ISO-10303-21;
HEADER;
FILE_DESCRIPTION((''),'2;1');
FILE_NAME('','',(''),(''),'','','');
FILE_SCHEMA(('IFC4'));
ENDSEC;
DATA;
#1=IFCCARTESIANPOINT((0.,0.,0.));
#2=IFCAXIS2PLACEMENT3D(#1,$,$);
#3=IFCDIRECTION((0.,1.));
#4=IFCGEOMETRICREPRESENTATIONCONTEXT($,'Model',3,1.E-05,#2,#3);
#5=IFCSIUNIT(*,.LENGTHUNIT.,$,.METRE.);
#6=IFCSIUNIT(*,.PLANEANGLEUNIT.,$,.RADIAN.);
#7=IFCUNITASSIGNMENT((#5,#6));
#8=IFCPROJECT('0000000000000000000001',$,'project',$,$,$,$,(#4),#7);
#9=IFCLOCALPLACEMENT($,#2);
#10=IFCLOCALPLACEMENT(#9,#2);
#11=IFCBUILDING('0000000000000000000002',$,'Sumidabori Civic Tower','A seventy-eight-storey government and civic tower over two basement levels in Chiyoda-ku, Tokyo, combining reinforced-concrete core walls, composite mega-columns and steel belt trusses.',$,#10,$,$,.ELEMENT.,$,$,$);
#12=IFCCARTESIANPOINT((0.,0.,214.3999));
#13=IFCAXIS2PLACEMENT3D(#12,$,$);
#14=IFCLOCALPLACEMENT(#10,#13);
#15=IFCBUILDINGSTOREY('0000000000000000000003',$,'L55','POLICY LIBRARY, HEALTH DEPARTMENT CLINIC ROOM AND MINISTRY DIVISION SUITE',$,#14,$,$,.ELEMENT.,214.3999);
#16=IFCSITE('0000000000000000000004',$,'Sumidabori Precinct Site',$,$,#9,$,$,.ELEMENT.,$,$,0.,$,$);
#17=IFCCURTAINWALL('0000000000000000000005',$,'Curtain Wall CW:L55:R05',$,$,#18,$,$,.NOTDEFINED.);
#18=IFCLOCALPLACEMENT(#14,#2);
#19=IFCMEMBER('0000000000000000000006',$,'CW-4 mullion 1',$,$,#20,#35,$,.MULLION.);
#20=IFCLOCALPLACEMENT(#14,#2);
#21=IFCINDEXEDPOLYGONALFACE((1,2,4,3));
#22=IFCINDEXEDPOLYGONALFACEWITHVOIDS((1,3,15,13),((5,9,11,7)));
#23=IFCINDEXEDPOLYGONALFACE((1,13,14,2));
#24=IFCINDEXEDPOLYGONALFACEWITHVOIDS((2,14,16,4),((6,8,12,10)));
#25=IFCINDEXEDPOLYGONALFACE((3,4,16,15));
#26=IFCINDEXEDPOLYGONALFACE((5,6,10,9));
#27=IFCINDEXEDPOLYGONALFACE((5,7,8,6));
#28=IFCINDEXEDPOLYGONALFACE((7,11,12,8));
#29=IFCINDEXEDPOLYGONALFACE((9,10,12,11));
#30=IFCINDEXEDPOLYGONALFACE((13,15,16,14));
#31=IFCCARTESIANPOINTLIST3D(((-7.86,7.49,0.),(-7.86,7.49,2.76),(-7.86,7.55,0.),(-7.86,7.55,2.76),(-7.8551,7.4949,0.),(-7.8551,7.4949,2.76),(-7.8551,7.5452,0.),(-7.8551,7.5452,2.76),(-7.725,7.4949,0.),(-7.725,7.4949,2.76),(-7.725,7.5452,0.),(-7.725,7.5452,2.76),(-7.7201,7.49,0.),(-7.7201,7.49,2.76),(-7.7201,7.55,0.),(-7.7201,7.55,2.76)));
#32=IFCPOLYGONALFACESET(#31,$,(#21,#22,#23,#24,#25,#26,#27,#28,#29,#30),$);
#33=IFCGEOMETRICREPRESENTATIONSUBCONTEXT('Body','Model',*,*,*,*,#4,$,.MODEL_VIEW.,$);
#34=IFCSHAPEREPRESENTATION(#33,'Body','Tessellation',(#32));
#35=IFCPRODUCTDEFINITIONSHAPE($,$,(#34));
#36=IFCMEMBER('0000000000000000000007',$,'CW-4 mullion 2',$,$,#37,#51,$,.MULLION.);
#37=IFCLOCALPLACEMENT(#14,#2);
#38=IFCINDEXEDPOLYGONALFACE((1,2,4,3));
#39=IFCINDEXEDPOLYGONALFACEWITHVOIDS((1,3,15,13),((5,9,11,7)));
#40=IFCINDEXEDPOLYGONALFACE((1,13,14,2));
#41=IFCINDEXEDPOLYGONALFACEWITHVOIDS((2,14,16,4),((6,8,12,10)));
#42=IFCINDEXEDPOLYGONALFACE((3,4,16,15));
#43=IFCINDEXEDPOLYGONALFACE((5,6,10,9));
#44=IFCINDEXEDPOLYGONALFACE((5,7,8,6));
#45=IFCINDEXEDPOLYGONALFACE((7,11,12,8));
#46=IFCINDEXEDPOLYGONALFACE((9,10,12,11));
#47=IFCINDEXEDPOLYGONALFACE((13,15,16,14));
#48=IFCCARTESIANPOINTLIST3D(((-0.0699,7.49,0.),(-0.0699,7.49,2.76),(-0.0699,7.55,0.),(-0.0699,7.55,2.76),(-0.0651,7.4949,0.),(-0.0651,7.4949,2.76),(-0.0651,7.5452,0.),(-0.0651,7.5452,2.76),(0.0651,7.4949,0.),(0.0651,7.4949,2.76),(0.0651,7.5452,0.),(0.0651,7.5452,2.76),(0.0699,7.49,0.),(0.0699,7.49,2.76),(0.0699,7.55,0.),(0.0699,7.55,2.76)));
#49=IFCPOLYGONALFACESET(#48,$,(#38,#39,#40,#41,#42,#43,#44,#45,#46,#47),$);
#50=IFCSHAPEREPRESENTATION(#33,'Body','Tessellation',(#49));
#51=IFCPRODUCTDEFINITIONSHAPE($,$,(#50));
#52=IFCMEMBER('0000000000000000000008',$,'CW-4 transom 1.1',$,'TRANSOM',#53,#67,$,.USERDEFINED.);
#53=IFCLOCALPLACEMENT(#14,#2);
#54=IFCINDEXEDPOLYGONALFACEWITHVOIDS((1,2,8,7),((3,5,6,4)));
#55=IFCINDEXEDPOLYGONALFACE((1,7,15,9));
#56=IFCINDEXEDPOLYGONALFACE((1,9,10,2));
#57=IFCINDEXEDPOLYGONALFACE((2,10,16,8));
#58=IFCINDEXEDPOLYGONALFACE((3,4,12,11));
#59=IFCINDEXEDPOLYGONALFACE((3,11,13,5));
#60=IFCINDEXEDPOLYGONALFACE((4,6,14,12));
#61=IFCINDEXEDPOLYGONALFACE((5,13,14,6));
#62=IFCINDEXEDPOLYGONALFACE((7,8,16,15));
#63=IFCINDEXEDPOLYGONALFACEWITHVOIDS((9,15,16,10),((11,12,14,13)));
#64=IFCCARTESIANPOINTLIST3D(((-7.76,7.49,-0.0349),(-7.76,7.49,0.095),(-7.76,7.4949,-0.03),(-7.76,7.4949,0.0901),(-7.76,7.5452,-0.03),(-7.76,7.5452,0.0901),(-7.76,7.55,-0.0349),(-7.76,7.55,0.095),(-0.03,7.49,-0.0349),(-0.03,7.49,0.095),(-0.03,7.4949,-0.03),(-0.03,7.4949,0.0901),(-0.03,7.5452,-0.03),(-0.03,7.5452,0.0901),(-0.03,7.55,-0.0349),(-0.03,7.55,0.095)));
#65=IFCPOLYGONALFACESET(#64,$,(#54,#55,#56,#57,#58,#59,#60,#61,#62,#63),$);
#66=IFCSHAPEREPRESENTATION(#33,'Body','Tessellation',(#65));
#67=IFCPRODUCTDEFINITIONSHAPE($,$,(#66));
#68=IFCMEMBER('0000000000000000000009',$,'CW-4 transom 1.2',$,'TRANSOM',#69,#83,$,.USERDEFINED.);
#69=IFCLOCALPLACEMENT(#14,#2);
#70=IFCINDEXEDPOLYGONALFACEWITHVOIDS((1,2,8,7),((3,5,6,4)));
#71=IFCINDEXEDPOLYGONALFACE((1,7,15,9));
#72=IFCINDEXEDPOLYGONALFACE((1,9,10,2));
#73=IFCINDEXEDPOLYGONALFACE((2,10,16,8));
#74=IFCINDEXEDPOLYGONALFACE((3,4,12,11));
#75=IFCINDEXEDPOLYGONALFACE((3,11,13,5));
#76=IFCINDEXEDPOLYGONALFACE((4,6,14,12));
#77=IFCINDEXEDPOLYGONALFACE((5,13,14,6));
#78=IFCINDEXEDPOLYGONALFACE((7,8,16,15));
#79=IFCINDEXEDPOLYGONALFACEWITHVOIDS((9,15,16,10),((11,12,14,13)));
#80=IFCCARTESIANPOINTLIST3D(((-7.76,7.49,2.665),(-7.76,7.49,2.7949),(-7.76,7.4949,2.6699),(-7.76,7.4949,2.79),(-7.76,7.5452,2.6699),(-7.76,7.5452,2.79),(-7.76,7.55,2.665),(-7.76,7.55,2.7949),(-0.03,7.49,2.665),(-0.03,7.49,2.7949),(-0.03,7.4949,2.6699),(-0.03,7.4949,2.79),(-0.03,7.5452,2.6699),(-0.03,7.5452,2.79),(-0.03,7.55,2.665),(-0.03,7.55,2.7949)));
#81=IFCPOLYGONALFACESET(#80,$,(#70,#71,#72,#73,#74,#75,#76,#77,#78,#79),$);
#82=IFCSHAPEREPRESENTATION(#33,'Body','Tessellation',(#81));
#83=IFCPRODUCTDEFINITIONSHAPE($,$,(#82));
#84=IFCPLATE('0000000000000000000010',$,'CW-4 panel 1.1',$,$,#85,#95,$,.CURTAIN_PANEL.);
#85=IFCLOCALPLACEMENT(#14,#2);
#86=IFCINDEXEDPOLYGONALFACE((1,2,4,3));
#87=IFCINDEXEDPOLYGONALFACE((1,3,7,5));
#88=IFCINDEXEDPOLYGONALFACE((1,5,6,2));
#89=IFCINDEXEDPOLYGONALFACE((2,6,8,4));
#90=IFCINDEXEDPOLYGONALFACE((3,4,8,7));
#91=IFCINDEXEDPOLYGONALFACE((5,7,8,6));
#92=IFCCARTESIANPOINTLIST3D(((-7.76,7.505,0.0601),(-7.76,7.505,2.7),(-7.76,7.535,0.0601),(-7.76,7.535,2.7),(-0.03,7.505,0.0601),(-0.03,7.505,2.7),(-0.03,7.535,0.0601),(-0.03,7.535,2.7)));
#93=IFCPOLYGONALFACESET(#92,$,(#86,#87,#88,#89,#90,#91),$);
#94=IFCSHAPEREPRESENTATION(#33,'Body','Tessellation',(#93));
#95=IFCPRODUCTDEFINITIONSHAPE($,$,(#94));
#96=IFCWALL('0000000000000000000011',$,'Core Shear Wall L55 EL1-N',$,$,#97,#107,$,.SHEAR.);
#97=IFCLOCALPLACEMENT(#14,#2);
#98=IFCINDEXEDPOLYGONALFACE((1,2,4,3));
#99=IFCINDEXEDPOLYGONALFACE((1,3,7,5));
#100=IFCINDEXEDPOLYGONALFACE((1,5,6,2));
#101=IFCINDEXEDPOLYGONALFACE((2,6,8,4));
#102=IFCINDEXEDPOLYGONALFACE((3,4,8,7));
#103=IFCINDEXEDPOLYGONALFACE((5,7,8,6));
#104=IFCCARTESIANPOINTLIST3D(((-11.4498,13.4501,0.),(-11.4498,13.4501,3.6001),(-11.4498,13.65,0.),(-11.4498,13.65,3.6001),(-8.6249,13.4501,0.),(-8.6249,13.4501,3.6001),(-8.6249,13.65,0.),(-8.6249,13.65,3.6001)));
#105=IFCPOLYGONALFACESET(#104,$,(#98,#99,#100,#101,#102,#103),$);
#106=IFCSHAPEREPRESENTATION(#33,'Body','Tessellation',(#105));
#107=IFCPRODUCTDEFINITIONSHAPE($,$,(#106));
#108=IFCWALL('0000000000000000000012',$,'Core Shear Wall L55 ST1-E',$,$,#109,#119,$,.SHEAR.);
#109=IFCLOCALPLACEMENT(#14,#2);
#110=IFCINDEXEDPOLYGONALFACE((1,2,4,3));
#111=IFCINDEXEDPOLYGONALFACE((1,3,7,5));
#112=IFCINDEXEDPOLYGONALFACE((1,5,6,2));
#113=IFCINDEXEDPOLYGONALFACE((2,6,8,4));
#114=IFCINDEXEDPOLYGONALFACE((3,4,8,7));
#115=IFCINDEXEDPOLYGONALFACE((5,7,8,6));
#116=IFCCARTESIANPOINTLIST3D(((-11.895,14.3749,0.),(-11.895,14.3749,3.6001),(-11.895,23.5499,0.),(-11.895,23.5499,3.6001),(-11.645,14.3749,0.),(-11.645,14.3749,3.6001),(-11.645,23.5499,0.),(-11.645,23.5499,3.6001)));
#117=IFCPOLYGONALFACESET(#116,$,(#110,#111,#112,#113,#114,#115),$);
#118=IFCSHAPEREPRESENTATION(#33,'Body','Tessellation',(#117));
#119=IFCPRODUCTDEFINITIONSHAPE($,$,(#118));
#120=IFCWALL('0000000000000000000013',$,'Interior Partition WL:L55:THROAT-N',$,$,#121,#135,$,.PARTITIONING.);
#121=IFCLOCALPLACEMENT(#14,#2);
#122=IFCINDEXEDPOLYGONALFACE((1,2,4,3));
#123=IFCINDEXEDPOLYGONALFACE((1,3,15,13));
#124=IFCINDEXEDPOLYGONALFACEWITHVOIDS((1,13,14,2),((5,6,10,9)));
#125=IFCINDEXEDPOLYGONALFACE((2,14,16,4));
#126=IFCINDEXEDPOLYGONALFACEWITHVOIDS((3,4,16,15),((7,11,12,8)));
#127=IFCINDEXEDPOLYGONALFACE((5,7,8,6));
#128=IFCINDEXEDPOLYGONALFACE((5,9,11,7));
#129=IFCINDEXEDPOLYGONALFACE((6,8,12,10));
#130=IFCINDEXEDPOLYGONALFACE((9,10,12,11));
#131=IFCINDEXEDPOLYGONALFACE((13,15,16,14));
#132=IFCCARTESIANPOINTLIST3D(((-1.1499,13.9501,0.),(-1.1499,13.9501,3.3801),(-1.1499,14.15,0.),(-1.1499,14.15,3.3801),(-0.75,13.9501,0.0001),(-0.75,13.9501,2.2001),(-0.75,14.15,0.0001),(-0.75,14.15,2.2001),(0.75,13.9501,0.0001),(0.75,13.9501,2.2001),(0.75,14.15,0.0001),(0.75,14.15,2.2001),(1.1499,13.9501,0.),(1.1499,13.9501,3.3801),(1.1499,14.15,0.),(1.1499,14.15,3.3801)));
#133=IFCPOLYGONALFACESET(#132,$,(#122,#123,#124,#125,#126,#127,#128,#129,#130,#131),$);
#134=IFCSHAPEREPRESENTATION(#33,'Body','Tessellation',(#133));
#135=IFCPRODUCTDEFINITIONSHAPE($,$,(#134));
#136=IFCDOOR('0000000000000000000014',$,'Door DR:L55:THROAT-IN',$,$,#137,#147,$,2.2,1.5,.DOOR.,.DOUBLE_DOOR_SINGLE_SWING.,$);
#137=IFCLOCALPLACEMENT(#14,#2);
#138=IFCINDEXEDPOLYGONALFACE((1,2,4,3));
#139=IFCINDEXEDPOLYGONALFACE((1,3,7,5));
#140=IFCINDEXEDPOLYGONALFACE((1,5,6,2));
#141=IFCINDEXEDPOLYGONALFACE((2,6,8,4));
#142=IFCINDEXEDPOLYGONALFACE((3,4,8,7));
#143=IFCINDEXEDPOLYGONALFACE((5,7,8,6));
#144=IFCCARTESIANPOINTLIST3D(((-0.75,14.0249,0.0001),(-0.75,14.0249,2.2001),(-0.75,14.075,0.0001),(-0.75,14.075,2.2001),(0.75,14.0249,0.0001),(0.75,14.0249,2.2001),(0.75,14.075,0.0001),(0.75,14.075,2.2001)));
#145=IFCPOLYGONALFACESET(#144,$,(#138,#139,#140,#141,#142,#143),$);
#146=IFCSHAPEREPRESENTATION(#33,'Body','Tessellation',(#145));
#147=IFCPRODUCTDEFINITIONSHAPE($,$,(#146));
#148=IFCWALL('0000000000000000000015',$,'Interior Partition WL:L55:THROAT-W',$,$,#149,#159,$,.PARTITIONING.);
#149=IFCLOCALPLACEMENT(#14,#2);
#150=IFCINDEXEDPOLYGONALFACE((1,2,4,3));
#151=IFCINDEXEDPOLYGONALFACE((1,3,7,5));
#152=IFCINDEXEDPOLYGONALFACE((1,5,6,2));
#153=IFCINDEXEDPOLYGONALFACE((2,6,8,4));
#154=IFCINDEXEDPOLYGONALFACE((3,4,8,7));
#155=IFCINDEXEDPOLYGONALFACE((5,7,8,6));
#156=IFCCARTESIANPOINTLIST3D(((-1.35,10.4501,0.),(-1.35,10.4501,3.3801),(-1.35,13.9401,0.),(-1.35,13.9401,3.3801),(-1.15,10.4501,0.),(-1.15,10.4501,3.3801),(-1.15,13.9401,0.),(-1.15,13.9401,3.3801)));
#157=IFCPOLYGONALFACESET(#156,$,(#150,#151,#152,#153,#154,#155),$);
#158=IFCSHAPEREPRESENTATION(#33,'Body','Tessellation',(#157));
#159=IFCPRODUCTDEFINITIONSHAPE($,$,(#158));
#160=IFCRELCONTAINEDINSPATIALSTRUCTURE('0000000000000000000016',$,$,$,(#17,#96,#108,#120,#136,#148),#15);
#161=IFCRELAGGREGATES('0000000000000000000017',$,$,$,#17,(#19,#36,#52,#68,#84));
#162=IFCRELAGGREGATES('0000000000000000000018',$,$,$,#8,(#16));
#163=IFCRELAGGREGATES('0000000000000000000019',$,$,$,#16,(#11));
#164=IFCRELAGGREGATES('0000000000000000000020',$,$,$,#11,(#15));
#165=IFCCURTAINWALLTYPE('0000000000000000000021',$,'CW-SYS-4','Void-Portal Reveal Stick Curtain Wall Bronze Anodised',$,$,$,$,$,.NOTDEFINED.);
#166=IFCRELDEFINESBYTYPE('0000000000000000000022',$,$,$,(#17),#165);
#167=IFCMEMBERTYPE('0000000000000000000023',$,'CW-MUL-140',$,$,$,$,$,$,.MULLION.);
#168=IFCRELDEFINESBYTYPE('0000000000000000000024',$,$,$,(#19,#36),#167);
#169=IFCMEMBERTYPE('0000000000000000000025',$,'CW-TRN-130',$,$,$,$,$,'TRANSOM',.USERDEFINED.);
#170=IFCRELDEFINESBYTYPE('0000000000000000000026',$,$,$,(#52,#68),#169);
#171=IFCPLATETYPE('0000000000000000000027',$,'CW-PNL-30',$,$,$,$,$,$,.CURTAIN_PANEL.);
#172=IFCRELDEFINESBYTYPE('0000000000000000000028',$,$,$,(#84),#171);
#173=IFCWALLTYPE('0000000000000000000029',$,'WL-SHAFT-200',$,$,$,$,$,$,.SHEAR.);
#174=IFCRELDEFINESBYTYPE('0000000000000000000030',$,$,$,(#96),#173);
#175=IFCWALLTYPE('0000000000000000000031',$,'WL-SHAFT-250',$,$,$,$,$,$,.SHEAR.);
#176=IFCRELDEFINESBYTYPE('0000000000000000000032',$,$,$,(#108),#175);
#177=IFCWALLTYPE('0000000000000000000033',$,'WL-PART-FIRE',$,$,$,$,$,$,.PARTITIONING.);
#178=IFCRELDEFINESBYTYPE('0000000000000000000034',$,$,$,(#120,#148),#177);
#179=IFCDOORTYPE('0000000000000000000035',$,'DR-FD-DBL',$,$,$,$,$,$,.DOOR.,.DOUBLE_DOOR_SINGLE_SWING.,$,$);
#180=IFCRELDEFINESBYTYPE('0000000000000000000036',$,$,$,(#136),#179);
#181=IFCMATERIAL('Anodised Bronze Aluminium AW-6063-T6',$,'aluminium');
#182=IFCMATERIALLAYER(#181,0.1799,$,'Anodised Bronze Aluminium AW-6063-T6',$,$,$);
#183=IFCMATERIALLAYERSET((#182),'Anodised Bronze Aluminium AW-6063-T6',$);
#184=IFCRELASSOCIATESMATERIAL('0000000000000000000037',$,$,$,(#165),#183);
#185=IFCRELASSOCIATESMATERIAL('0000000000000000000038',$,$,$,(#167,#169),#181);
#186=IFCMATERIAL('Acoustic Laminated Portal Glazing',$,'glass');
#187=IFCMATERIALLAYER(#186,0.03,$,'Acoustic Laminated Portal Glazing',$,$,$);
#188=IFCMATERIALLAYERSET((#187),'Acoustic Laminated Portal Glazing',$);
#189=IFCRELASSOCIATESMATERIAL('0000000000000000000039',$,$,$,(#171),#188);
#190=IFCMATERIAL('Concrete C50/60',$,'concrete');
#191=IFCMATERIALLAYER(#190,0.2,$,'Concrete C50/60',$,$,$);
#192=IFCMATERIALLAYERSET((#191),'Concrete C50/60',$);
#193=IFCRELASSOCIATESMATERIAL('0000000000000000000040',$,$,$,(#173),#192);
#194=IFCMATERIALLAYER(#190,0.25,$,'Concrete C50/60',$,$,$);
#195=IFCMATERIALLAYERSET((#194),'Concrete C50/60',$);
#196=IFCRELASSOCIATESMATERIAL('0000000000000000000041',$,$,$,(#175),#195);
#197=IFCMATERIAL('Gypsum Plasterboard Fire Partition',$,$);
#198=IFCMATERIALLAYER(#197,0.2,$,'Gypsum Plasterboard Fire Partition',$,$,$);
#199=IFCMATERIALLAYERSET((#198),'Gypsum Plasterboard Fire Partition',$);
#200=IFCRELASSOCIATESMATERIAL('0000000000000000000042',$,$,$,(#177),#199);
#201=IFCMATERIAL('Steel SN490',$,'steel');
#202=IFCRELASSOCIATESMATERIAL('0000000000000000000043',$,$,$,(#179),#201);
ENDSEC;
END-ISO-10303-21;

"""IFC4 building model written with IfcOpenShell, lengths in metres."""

from ifc_helpers import new_model, si_unit, direction, frame, frame_2d, origin, origin_2d, place, context, subcontext, project, spatial, rectangle, hollow_rectangle, extrude, source, transform, mapped, material, layer, layer_set, material_profile, profile_set, type_object, element, fill, aggregate, save


model = new_model("IFC4")

# Units and contexts
model_context = context("Model", 3, precision=1e-05, world=origin(), true_north=direction((0.0, 1.0)))
body_context = subcontext(model_context, "Body", "Model", "MODEL_VIEW")
ifc_project = project(units=[si_unit("LENGTHUNIT", "METRE"), si_unit("PLANEANGLEUNIT", "RADIAN")], contexts=[model_context])

# Site, building, storey
site_placement = place(None, origin())
site = spatial("IfcSite", under=ifc_project, at=site_placement, Name="Sumidabori Precinct Site", CompositionType="ELEMENT", RefElevation=0.0)
building_placement = place(site_placement, origin())
building = spatial("IfcBuilding", under=site, at=building_placement, Name="Sumidabori Civic Tower", Description="A seventy-eight-storey government and civic tower over two basement levels in Chiyoda-ku, Tokyo, combining reinforced-concrete core walls, composite mega-columns and steel belt trusses.", CompositionType="ELEMENT")
storey_placement = place(building_placement, frame((0.0, 0.0, 214.3999)))
storey = spatial("IfcBuildingStorey", under=building, at=storey_placement, Name="L55", Description="POLICY LIBRARY, HEALTH DEPARTMENT CLINIC ROOM AND MINISTRY DIVISION SUITE", CompositionType="ELEMENT", Elevation=214.3999)

# Curtain wall, members, plate
ifc_material_1 = material(Name="Anodised Bronze Aluminium AW-6063-T6", Category="aluminium")
ifc_layer_1 = layer(ifc_material_1, 0.1799, Name="Anodised Bronze Aluminium AW-6063-T6")
ifc_layer_set_1 = layer_set([ifc_layer_1], Name="Anodised Bronze Aluminium AW-6063-T6")
curtain_wall_type = type_object("IfcCurtainWallType", Name="CW-SYS-4", Description="Void-Portal Reveal Stick Curtain Wall Bronze Anodised", PredefinedType="NOTDEFINED", material=ifc_layer_set_1)
curtain_wall_placement = place(storey_placement, origin())
curtain_wall = element("IfcCurtainWall", 1, at=curtain_wall_placement, inside=storey, type_object=curtain_wall_type, Name="Curtain Wall CW:L55:R05", PredefinedType="NOTDEFINED")
ifc_material_profile_1 = material_profile(ifc_material_1, hollow_rectangle(XDim=0.0601, YDim=0.1399, WallThickness=0.0049, at=origin_2d()), Name="ALU MULLION 140x60")
ifc_profile_set_1 = profile_set([ifc_material_profile_1], Name="Anodised Bronze Aluminium AW-6063-T6")
member_type_1 = type_object("IfcMemberType", Name="CW-MUL-140", PredefinedType="MULLION", material=ifc_profile_set_1)
shared_shape_1 = source(origin(), body_context, "Body", "SweptSolid", [
    extrude(hollow_rectangle(XDim=0.0601, YDim=0.1399, WallThickness=0.0049, at=origin_2d()), origin(), (0.0, 0.0, 1.0), 2.76),
])
member_1_placement = place(storey_placement, frame((-7.79, 7.52, 0.0), z_axis=(0.0, 0.0, 1.0), x_axis=(0.0, 1.0, 0.0)))
member_1 = element("IfcMember", 2, at=member_1_placement, type_object=member_type_1, Name="CW-4 mullion 1", PredefinedType="MULLION", context=body_context, shape_type="MappedRepresentation", body=[
    mapped(shared_shape_1, transform((0.0, 0.0, 0.0), x_axis=(1.0, 0.0, 0.0), y_axis=(0.0, 1.0, 0.0), z_axis=(0.0, 0.0, 1.0), scale=1.0)),
])
member_2_placement = place(storey_placement, frame((0.0, 7.52, 0.0), z_axis=(0.0, 0.0, 1.0), x_axis=(0.0, 1.0, 0.0)))
member_2 = element("IfcMember", 3, at=member_2_placement, type_object=member_type_1, Name="CW-4 mullion 2", PredefinedType="MULLION", context=body_context, shape_type="MappedRepresentation", body=[
    mapped(shared_shape_1, transform((0.0, 0.0, 0.0), x_axis=(1.0, 0.0, 0.0), y_axis=(0.0, 1.0, 0.0), z_axis=(0.0, 0.0, 1.0), scale=1.0)),
])
ifc_material_profile_2 = material_profile(ifc_material_1, hollow_rectangle(XDim=0.0601, YDim=0.1299, WallThickness=0.0049, at=origin_2d()), Name="ALU TRANSOM 130x60")
ifc_profile_set_2 = profile_set([ifc_material_profile_2], Name="Anodised Bronze Aluminium AW-6063-T6")
member_type_2 = type_object("IfcMemberType", Name="CW-TRN-130", ElementType="TRANSOM", PredefinedType="USERDEFINED", material=ifc_profile_set_2)
shared_shape_2 = source(origin(), body_context, "Body", "SweptSolid", [
    extrude(hollow_rectangle(XDim=0.0601, YDim=0.1299, WallThickness=0.0049, at=origin_2d()), origin(), (0.0, 0.0, 1.0), 7.73),
])
member_3_placement = place(storey_placement, frame((-7.76, 7.52, 0.03), z_axis=(1.0, 0.0, 0.0), x_axis=(0.0, 1.0, 0.0)))
member_3 = element("IfcMember", 4, at=member_3_placement, type_object=member_type_2, Name="CW-4 transom 1.1", ObjectType="TRANSOM", PredefinedType="USERDEFINED", context=body_context, shape_type="MappedRepresentation", body=[
    mapped(shared_shape_2, transform((0.0, 0.0, 0.0), x_axis=(1.0, 0.0, 0.0), y_axis=(0.0, 1.0, 0.0), z_axis=(0.0, 0.0, 1.0), scale=1.0)),
])
member_4_placement = place(storey_placement, frame((-7.76, 7.52, 2.73), z_axis=(1.0, 0.0, 0.0), x_axis=(0.0, 1.0, 0.0)))
member_4 = element("IfcMember", 5, at=member_4_placement, type_object=member_type_2, Name="CW-4 transom 1.2", ObjectType="TRANSOM", PredefinedType="USERDEFINED", context=body_context, shape_type="MappedRepresentation", body=[
    mapped(shared_shape_2, transform((0.0, 0.0, 0.0), x_axis=(1.0, 0.0, 0.0), y_axis=(0.0, 1.0, 0.0), z_axis=(0.0, 0.0, 1.0), scale=1.0)),
])
ifc_material_2 = material(Name="Acoustic Laminated Portal Glazing", Category="glass")
ifc_layer_2 = layer(ifc_material_2, 0.03, Name="Acoustic Laminated Portal Glazing")
ifc_layer_set_2 = layer_set([ifc_layer_2], Name="Acoustic Laminated Portal Glazing")
plate_type = type_object("IfcPlateType", Name="CW-PNL-30", PredefinedType="CURTAIN_PANEL", material=ifc_layer_set_2)
shared_shape_3 = source(origin(), body_context, "Body", "SweptSolid", [
    extrude(rectangle(XDim=7.73, YDim=0.03, at=origin_2d()), origin(), (0.0, 0.0, 1.0), 2.6399),
])
plate_placement = place(storey_placement, frame((-3.895, 7.52, 0.0601), z_axis=(0.0, 0.0, 1.0), x_axis=(1.0, 0.0, 0.0)))
plate = element("IfcPlate", 6, at=plate_placement, type_object=plate_type, Name="CW-4 panel 1.1", PredefinedType="CURTAIN_PANEL", context=body_context, shape_type="MappedRepresentation", body=[
    mapped(shared_shape_3, transform((0.0, 0.0, 0.0), x_axis=(1.0, 0.0, 0.0), y_axis=(0.0, 1.0, 0.0), z_axis=(0.0, 0.0, 1.0), scale=1.0)),
])
aggregate(curtain_wall, [member_1, member_2, member_3, member_4, plate])

# Wall
ifc_material_3 = material(Name="Concrete C50/60", Category="concrete")
ifc_layer_3 = layer(ifc_material_3, 0.2, Name="Concrete C50/60")
ifc_layer_set_3 = layer_set([ifc_layer_3], Name="Concrete C50/60")
wall_type_1 = type_object("IfcWallType", Name="WL-SHAFT-200", PredefinedType="SHEAR", material=ifc_layer_set_3)
shared_shape_4 = source(origin(), body_context, "Body", "SweptSolid", [
    extrude(rectangle(XDim=2.825, YDim=0.2, at=frame_2d((1.4126, 0.0))), origin(), (0.0, 0.0, 1.0), 3.6001),
])
wall_1_placement = place(storey_placement, frame((-11.45, 13.55, 0.0), z_axis=(0.0, 0.0, 1.0), x_axis=(1.0, 0.0, 0.0)))
element("IfcWall", 7, at=wall_1_placement, inside=storey, type_object=wall_type_1, Name="Core Shear Wall L55 EL1-N", PredefinedType="SHEAR", context=body_context, shape_type="MappedRepresentation", body=[
    mapped(shared_shape_4, transform((0.0, 0.0, 0.0), x_axis=(1.0, 0.0, 0.0), y_axis=(0.0, 1.0, 0.0), z_axis=(0.0, 0.0, 1.0), scale=1.0)),
])

# Shared definitions
ifc_layer_4 = layer(ifc_material_3, 0.25, Name="Concrete C50/60")
ifc_layer_set_4 = layer_set([ifc_layer_4], Name="Concrete C50/60")
wall_type_2 = type_object("IfcWallType", Name="WL-SHAFT-250", PredefinedType="SHEAR", material=ifc_layer_set_4)

# Wall
shared_shape_5 = source(origin(), body_context, "Body", "SweptSolid", [
    extrude(rectangle(XDim=9.175, YDim=0.25, at=frame_2d((4.5874, 0.0))), origin(), (0.0, 0.0, 1.0), 3.6001),
])
wall_2_placement = place(storey_placement, frame((-11.77, 14.375, 0.0), z_axis=(0.0, 0.0, 1.0), x_axis=(0.0, 1.0, 0.0)))
element("IfcWall", 8, at=wall_2_placement, inside=storey, type_object=wall_type_2, Name="Core Shear Wall L55 ST1-E", PredefinedType="SHEAR", context=body_context, shape_type="MappedRepresentation", body=[
    mapped(shared_shape_5, transform((0.0, 0.0, 0.0), x_axis=(1.0, 0.0, 0.0), y_axis=(0.0, 1.0, 0.0), z_axis=(0.0, 0.0, 1.0), scale=1.0)),
])

# Shared definitions
ifc_material_4 = material(Name="Gypsum Plasterboard Fire Partition")
ifc_layer_5 = layer(ifc_material_4, 0.2, Name="Gypsum Plasterboard Fire Partition")
ifc_layer_set_5 = layer_set([ifc_layer_5], Name="Gypsum Plasterboard Fire Partition")
wall_type_3 = type_object("IfcWallType", Name="WL-PART-FIRE", PredefinedType="PARTITIONING", material=ifc_layer_set_5)

# Wall, opening, door
shared_shape_6 = source(origin(), body_context, "Body", "SweptSolid", [
    extrude(rectangle(XDim=2.2998, YDim=0.2, at=frame_2d((1.1499, 0.0))), origin(), (0.0, 0.0, 1.0), 3.3801),
])
wall_3_placement = place(storey_placement, frame((-1.1499, 14.05, 0.0), z_axis=(0.0, 0.0, 1.0), x_axis=(1.0, 0.0, 0.0)))
wall_3 = element("IfcWall", 9, at=wall_3_placement, inside=storey, type_object=wall_type_3, Name="Interior Partition WL:L55:THROAT-N", PredefinedType="PARTITIONING", context=body_context, shape_type="MappedRepresentation", body=[
    mapped(shared_shape_6, transform((0.0, 0.0, 0.0), x_axis=(1.0, 0.0, 0.0), y_axis=(0.0, 1.0, 0.0), z_axis=(0.0, 0.0, 1.0), scale=1.0)),
])
opening_1_placement = place(wall_3_placement, frame((0.3999, 0.0, 0.0)))
opening_1 = element("IfcOpeningElement", 10, at=opening_1_placement, cuts=wall_3, PredefinedType="OPENING", context=body_context, shape_type="SweptSolid", body=[
    extrude(rectangle(XDim=1.5, YDim=2.2, at=frame_2d((0.75, 1.1001))), frame((0.0, 0.1118, 0.0), z_axis=(0.0, -1.0, 0.0), x_axis=(1.0, 0.0, 0.0)), (0.0, 0.0, 1.0), 0.2239),
])
ifc_material_5 = material(Name="Steel SN490", Category="steel")
door_type_1 = type_object("IfcDoorType", Name="DR-FD-DBL", OperationType="DOUBLE_DOOR_SINGLE_SWING", PredefinedType="DOOR", material=ifc_material_5)
shared_shape_7 = source(origin(), body_context, "Body", "SweptSolid", [
    extrude(rectangle(XDim=1.5, YDim=2.2, at=frame_2d((0.75, 1.1001))), frame((0.0, 0.0249, 0.0), z_axis=(0.0, -1.0, 0.0), x_axis=(1.0, 0.0, 0.0)), (0.0, 0.0, 1.0), 0.05),
])
door_1_placement = place(opening_1_placement, origin())
door_1 = element("IfcDoor", 11, at=door_1_placement, inside=storey, type_object=door_type_1, Name="Door DR:L55:THROAT-IN", OperationType="DOUBLE_DOOR_SINGLE_SWING", OverallHeight=2.2, OverallWidth=1.5, PredefinedType="DOOR", context=body_context, shape_type="MappedRepresentation", body=[
    mapped(shared_shape_7, transform((0.0, 0.0, 0.0), x_axis=(1.0, 0.0, 0.0), y_axis=(0.0, 1.0, 0.0), z_axis=(0.0, 0.0, 1.0), scale=1.0)),
])
fill(opening_1, door_1)

# Wall
shared_shape_8 = source(origin(), body_context, "Body", "SweptSolid", [
    extrude(rectangle(XDim=3.49, YDim=0.2, at=frame_2d((1.7451, 0.0))), origin(), (0.0, 0.0, 1.0), 3.3801),
])
wall_4_placement = place(storey_placement, frame((-1.25, 10.45, 0.0), z_axis=(0.0, 0.0, 1.0), x_axis=(0.0, 1.0, 0.0)))
element("IfcWall", 12, at=wall_4_placement, inside=storey, type_object=wall_type_3, Name="Interior Partition WL:L55:THROAT-W", PredefinedType="PARTITIONING", context=body_context, shape_type="MappedRepresentation", body=[
    mapped(shared_shape_8, transform((0.0, 0.0, 0.0), x_axis=(1.0, 0.0, 0.0), y_axis=(0.0, 1.0, 0.0), z_axis=(0.0, 0.0, 1.0), scale=1.0)),
])

save(model, "model.ifc")
